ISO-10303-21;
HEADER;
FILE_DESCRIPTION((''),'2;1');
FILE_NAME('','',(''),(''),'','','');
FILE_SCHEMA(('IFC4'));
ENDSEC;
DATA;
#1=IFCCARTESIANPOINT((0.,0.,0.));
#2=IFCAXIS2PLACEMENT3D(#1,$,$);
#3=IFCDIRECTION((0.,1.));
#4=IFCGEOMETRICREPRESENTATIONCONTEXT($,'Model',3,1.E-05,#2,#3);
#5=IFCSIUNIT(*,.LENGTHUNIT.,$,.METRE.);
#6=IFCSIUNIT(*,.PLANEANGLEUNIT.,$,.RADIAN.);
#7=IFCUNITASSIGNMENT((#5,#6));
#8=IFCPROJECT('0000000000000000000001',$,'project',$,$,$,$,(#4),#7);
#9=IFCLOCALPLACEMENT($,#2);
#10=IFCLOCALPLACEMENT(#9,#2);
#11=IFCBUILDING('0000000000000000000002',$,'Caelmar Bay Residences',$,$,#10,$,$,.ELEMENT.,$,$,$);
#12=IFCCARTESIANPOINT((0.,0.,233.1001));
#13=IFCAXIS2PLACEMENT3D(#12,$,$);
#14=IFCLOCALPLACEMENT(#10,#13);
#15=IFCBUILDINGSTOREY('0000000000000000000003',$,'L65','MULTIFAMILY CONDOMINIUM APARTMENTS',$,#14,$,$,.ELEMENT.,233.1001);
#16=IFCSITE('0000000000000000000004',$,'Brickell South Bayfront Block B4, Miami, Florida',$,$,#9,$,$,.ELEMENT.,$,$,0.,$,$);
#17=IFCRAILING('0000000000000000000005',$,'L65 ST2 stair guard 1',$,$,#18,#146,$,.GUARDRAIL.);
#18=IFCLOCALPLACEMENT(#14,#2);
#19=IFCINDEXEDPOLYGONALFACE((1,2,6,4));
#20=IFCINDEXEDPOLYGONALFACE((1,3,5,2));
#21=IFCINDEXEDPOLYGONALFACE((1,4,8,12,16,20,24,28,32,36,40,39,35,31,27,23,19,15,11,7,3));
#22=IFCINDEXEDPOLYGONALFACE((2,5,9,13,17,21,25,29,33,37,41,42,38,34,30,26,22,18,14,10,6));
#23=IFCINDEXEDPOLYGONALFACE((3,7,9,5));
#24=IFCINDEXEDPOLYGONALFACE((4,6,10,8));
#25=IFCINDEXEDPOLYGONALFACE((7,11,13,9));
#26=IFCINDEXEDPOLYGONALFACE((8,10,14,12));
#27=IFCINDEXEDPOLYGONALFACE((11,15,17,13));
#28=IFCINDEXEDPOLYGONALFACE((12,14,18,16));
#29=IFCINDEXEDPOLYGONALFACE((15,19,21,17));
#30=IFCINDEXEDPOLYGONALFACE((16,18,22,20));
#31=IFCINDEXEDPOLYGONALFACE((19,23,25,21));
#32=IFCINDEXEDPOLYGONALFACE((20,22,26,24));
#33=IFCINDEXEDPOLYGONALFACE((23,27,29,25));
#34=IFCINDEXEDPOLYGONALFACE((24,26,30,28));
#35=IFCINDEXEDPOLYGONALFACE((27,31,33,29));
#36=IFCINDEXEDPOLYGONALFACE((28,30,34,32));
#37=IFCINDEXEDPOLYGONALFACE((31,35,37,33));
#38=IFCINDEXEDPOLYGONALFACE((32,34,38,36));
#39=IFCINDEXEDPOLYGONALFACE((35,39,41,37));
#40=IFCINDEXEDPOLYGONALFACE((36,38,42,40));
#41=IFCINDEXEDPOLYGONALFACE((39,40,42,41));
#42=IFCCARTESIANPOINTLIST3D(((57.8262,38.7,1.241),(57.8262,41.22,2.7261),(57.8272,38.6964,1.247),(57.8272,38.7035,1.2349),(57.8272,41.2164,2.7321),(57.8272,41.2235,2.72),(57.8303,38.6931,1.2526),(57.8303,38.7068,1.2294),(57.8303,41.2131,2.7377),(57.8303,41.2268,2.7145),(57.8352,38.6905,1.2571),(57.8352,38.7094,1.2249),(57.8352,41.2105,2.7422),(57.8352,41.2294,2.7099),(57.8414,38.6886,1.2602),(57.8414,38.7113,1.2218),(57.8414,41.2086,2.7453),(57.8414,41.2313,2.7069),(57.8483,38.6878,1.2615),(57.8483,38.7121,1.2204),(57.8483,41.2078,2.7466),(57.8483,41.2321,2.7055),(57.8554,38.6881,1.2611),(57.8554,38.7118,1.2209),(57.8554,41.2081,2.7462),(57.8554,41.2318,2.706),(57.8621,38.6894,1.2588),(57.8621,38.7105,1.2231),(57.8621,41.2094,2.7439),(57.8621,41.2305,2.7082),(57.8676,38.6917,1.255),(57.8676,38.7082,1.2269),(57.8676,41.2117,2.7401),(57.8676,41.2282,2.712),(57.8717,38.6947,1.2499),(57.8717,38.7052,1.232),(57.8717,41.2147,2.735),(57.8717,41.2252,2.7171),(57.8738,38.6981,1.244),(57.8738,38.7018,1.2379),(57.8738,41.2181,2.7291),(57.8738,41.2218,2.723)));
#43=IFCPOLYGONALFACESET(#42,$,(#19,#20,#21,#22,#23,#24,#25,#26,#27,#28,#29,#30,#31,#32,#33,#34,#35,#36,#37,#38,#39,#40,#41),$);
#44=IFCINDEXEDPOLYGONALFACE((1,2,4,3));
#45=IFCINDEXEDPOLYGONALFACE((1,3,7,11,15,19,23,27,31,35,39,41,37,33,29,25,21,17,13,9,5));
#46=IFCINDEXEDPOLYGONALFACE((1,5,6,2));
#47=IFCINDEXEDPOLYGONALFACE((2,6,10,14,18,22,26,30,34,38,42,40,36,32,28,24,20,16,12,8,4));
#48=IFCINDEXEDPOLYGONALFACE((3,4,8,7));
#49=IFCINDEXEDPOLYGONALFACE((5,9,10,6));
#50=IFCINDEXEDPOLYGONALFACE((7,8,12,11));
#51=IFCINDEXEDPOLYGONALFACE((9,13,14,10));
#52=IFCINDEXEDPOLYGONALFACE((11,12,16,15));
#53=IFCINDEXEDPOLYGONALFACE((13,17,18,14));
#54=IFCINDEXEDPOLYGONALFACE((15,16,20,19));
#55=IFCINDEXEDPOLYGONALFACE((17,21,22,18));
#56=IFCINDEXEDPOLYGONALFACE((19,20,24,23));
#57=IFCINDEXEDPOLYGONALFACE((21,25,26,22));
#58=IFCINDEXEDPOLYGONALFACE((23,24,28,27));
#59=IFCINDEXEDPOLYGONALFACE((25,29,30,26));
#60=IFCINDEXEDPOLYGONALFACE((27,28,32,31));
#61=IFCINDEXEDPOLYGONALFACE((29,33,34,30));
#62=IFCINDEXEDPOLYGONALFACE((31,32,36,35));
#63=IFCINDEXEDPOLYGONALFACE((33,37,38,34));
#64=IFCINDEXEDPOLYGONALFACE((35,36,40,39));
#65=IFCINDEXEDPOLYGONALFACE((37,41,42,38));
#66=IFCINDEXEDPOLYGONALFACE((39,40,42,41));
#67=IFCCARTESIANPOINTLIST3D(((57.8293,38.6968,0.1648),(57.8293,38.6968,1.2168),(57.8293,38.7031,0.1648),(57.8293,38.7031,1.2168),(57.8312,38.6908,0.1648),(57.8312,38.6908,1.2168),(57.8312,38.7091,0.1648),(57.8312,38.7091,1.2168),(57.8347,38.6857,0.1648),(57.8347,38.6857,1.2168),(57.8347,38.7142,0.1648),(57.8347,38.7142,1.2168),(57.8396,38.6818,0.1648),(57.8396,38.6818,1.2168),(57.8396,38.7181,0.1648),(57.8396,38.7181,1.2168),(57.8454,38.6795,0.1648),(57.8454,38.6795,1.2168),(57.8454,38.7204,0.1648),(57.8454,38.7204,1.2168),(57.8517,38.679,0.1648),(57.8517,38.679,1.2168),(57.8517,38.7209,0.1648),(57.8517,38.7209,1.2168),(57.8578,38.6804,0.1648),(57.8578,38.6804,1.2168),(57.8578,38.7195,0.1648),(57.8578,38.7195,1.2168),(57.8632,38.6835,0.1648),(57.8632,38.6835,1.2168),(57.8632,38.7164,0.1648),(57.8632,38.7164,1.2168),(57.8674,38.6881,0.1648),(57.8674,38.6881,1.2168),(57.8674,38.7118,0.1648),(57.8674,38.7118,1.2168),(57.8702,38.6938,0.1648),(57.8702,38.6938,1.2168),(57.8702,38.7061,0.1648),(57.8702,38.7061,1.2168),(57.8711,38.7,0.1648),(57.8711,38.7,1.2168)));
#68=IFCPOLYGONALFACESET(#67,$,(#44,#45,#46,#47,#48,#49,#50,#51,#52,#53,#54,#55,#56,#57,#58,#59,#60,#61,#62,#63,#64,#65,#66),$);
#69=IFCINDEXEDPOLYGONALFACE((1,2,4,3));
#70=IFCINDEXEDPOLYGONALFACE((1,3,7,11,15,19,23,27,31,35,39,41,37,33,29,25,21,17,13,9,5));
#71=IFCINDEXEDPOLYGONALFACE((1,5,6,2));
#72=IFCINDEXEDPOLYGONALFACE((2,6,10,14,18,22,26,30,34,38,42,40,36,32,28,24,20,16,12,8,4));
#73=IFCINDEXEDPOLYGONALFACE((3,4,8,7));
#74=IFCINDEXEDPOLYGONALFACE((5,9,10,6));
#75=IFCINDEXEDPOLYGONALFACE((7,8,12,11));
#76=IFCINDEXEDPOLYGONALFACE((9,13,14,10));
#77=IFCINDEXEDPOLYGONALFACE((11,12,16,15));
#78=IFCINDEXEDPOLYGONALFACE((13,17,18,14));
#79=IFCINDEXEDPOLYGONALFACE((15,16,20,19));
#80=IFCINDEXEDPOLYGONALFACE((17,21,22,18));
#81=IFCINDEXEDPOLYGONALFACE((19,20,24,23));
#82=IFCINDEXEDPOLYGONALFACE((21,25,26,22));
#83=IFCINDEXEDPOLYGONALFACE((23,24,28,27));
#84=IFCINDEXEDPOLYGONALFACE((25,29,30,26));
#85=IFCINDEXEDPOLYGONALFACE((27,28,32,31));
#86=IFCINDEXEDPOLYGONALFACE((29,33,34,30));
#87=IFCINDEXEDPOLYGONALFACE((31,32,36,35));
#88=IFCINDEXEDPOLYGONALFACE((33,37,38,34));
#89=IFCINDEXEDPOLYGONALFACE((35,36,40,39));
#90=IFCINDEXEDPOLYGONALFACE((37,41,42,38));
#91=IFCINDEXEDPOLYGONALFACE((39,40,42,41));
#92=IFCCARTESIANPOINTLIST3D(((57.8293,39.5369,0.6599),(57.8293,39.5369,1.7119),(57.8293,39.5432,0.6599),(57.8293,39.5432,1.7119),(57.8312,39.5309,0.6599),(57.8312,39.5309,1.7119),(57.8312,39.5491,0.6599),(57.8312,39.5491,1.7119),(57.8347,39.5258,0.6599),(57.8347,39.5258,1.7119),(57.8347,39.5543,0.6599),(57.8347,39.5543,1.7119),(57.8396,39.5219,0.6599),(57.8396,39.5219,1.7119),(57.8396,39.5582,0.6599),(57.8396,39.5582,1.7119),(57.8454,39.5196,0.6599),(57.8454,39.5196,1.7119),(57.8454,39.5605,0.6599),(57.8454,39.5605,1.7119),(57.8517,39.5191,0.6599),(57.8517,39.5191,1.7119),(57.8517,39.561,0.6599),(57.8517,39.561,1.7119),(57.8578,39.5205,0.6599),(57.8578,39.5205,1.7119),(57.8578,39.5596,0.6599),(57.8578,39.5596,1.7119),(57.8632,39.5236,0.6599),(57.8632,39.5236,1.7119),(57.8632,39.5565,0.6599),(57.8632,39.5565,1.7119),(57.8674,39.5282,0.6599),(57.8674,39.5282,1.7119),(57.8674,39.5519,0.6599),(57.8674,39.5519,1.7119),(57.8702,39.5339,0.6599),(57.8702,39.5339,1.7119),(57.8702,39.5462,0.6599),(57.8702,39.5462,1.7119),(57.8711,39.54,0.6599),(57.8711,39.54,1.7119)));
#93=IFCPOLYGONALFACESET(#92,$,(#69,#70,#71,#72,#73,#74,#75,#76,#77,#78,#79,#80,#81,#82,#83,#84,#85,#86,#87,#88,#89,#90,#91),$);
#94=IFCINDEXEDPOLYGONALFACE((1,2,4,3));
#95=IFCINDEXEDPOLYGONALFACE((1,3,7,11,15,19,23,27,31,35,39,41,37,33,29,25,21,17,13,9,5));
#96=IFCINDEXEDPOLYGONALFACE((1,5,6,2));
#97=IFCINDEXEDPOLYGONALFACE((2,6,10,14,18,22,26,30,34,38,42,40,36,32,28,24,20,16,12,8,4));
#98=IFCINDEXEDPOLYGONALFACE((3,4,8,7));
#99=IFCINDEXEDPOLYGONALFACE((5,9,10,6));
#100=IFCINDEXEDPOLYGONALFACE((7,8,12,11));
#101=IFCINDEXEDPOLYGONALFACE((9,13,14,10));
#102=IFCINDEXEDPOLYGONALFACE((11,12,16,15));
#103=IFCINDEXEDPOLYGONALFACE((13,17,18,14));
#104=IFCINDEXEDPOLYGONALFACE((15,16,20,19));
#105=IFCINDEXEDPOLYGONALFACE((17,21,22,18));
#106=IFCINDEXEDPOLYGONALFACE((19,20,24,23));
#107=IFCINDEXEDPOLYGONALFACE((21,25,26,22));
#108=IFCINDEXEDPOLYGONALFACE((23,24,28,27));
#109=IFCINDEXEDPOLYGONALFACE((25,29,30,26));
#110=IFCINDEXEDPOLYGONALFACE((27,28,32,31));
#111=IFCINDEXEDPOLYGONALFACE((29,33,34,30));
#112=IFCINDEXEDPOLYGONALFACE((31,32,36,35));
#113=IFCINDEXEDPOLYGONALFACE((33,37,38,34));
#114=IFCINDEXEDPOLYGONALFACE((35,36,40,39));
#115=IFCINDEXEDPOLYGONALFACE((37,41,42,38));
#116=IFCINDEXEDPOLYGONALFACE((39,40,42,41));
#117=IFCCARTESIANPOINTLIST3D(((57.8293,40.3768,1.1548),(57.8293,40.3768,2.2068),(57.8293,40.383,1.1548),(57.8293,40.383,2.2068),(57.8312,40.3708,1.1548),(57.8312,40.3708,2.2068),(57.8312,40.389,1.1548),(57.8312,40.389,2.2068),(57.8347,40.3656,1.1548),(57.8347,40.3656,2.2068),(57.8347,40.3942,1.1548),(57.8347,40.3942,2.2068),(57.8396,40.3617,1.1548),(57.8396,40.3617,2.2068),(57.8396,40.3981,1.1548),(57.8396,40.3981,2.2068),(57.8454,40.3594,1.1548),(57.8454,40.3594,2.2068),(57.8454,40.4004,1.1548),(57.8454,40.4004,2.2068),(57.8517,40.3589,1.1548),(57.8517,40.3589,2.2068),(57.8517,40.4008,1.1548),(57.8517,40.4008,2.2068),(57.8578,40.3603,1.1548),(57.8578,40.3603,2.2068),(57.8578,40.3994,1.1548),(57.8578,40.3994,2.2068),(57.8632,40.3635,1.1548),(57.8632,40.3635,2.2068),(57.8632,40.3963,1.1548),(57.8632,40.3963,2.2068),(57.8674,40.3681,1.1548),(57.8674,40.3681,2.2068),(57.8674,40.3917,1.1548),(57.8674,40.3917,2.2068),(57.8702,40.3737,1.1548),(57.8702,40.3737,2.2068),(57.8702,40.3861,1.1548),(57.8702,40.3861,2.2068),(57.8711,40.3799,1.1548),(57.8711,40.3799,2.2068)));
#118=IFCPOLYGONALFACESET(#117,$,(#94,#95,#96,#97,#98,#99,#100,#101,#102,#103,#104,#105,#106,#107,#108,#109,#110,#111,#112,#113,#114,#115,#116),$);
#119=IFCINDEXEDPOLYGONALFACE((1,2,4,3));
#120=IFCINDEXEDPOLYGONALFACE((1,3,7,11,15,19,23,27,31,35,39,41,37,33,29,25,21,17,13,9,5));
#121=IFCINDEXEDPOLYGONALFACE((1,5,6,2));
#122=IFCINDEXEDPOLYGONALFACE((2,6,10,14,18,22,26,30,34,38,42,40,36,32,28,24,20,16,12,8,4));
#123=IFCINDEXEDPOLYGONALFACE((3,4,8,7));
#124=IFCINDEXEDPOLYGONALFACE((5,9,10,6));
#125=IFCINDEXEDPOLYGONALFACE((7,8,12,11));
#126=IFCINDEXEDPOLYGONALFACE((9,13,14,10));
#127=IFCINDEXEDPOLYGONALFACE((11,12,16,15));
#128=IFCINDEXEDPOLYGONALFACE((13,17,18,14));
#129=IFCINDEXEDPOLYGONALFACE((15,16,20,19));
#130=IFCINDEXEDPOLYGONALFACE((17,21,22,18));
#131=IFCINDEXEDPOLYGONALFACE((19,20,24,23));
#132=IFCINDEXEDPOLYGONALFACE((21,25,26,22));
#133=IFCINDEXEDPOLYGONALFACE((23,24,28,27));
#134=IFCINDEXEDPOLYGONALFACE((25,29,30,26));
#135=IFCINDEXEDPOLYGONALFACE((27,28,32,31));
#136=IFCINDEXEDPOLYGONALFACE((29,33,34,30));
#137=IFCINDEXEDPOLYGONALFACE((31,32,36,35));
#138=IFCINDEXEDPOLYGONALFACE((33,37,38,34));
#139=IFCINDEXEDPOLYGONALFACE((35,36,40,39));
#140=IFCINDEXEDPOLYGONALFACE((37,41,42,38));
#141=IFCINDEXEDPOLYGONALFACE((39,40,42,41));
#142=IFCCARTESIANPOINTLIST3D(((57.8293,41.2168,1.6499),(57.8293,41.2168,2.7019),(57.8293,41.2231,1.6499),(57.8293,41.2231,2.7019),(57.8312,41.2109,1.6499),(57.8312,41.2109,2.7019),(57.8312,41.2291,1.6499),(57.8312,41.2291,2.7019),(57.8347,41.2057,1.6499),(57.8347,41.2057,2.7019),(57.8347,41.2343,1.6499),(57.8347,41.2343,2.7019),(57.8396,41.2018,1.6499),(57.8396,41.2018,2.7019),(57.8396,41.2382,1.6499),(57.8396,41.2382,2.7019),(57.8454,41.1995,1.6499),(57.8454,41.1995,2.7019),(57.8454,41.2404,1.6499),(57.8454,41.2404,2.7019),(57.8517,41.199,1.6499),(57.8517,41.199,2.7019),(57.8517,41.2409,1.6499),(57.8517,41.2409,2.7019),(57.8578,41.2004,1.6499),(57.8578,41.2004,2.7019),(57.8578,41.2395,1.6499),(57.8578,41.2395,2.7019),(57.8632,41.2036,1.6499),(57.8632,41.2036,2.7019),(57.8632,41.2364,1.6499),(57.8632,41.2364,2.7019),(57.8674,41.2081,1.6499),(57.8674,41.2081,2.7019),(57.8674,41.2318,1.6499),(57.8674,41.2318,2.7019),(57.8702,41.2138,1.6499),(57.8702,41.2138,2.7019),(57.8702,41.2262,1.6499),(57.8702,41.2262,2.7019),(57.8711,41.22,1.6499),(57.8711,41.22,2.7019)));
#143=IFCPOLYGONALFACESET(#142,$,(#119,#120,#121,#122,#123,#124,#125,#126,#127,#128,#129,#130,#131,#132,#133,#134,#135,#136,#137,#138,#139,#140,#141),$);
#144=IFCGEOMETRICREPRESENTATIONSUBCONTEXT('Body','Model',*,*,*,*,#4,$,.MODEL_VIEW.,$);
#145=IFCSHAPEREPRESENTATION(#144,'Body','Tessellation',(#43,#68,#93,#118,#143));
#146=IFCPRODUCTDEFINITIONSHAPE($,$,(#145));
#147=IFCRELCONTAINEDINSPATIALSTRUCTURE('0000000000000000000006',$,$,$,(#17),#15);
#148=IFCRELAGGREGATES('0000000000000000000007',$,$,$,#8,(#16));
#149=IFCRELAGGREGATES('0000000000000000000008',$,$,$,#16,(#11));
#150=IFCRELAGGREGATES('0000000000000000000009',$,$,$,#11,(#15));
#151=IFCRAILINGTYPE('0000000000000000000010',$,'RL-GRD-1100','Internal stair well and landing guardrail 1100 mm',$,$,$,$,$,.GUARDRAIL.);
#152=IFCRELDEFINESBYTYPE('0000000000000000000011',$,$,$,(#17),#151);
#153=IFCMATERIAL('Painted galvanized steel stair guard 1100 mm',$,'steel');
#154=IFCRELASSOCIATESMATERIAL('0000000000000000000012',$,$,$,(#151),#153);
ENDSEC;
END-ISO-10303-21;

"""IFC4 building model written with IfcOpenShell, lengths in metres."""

from ifc_helpers import new_model, si_unit, direction, frame, origin, origin_2d, place, context, subcontext, project, spatial, circle, extrude, material, type_object, element, save


model = new_model("IFC4")

# Units and contexts
model_context = context("Model", 3, precision=1e-05, world=origin(), true_north=direction((0.0, 1.0)))
body_context = subcontext(model_context, "Body", "Model", "MODEL_VIEW")
ifc_project = project(units=[si_unit("LENGTHUNIT", "METRE"), si_unit("PLANEANGLEUNIT", "RADIAN")], contexts=[model_context])

# Site, building, storey
site_placement = place(None, origin())
site = spatial("IfcSite", under=ifc_project, at=site_placement, Name="Brickell South Bayfront Block B4, Miami, Florida", CompositionType="ELEMENT", RefElevation=0.0)
building_placement = place(site_placement, origin())
building = spatial("IfcBuilding", under=site, at=building_placement, Name="Caelmar Bay Residences", CompositionType="ELEMENT")
storey_placement = place(building_placement, frame((0.0, 0.0, 233.1001)))
storey = spatial("IfcBuildingStorey", under=building, at=storey_placement, Name="L65", Description="MULTIFAMILY CONDOMINIUM APARTMENTS", CompositionType="ELEMENT", Elevation=233.1001)

# Railing
ifc_material_1 = material(Name="Painted galvanized steel stair guard 1100 mm", Category="steel")
railing_type_1 = type_object("IfcRailingType", Name="RL-GRD-1100", Description="Internal stair well and landing guardrail 1100 mm", PredefinedType="GUARDRAIL", material=ifc_material_1)
railing_1_placement = place(storey_placement, frame((57.8501, 38.7, 0.1648)))
element("IfcRailing", 1, at=railing_1_placement, inside=storey, type_object=railing_type_1, Name="L65 ST2 stair guard 1", PredefinedType="GUARDRAIL", context=body_context, shape_type="SweptSolid", body=[
    extrude(circle(Radius=0.0239, at=origin_2d()), frame((0.0, 0.0, 1.0762), z_axis=(0.0, 0.861524, 0.507717), x_axis=(-1.0, 0.0, 0.0)), (0.0, 0.0, 1.0), 2.925),
    extrude(circle(Radius=0.021, at=origin_2d()), origin(), (0.0, 0.0, 1.0), 1.052),
    extrude(circle(Radius=0.021, at=origin_2d()), frame((0.0, 0.8401, 0.4951)), (0.0, 0.0, 1.0), 1.052),
    extrude(circle(Radius=0.021, at=origin_2d()), frame((0.0, 1.6799, 0.99)), (0.0, 0.0, 1.0), 1.052),
    extrude(circle(Radius=0.021, at=origin_2d()), frame((0.0, 2.52, 1.4851)), (0.0, 0.0, 1.0), 1.052),
])

save(model, "model.ifc")
